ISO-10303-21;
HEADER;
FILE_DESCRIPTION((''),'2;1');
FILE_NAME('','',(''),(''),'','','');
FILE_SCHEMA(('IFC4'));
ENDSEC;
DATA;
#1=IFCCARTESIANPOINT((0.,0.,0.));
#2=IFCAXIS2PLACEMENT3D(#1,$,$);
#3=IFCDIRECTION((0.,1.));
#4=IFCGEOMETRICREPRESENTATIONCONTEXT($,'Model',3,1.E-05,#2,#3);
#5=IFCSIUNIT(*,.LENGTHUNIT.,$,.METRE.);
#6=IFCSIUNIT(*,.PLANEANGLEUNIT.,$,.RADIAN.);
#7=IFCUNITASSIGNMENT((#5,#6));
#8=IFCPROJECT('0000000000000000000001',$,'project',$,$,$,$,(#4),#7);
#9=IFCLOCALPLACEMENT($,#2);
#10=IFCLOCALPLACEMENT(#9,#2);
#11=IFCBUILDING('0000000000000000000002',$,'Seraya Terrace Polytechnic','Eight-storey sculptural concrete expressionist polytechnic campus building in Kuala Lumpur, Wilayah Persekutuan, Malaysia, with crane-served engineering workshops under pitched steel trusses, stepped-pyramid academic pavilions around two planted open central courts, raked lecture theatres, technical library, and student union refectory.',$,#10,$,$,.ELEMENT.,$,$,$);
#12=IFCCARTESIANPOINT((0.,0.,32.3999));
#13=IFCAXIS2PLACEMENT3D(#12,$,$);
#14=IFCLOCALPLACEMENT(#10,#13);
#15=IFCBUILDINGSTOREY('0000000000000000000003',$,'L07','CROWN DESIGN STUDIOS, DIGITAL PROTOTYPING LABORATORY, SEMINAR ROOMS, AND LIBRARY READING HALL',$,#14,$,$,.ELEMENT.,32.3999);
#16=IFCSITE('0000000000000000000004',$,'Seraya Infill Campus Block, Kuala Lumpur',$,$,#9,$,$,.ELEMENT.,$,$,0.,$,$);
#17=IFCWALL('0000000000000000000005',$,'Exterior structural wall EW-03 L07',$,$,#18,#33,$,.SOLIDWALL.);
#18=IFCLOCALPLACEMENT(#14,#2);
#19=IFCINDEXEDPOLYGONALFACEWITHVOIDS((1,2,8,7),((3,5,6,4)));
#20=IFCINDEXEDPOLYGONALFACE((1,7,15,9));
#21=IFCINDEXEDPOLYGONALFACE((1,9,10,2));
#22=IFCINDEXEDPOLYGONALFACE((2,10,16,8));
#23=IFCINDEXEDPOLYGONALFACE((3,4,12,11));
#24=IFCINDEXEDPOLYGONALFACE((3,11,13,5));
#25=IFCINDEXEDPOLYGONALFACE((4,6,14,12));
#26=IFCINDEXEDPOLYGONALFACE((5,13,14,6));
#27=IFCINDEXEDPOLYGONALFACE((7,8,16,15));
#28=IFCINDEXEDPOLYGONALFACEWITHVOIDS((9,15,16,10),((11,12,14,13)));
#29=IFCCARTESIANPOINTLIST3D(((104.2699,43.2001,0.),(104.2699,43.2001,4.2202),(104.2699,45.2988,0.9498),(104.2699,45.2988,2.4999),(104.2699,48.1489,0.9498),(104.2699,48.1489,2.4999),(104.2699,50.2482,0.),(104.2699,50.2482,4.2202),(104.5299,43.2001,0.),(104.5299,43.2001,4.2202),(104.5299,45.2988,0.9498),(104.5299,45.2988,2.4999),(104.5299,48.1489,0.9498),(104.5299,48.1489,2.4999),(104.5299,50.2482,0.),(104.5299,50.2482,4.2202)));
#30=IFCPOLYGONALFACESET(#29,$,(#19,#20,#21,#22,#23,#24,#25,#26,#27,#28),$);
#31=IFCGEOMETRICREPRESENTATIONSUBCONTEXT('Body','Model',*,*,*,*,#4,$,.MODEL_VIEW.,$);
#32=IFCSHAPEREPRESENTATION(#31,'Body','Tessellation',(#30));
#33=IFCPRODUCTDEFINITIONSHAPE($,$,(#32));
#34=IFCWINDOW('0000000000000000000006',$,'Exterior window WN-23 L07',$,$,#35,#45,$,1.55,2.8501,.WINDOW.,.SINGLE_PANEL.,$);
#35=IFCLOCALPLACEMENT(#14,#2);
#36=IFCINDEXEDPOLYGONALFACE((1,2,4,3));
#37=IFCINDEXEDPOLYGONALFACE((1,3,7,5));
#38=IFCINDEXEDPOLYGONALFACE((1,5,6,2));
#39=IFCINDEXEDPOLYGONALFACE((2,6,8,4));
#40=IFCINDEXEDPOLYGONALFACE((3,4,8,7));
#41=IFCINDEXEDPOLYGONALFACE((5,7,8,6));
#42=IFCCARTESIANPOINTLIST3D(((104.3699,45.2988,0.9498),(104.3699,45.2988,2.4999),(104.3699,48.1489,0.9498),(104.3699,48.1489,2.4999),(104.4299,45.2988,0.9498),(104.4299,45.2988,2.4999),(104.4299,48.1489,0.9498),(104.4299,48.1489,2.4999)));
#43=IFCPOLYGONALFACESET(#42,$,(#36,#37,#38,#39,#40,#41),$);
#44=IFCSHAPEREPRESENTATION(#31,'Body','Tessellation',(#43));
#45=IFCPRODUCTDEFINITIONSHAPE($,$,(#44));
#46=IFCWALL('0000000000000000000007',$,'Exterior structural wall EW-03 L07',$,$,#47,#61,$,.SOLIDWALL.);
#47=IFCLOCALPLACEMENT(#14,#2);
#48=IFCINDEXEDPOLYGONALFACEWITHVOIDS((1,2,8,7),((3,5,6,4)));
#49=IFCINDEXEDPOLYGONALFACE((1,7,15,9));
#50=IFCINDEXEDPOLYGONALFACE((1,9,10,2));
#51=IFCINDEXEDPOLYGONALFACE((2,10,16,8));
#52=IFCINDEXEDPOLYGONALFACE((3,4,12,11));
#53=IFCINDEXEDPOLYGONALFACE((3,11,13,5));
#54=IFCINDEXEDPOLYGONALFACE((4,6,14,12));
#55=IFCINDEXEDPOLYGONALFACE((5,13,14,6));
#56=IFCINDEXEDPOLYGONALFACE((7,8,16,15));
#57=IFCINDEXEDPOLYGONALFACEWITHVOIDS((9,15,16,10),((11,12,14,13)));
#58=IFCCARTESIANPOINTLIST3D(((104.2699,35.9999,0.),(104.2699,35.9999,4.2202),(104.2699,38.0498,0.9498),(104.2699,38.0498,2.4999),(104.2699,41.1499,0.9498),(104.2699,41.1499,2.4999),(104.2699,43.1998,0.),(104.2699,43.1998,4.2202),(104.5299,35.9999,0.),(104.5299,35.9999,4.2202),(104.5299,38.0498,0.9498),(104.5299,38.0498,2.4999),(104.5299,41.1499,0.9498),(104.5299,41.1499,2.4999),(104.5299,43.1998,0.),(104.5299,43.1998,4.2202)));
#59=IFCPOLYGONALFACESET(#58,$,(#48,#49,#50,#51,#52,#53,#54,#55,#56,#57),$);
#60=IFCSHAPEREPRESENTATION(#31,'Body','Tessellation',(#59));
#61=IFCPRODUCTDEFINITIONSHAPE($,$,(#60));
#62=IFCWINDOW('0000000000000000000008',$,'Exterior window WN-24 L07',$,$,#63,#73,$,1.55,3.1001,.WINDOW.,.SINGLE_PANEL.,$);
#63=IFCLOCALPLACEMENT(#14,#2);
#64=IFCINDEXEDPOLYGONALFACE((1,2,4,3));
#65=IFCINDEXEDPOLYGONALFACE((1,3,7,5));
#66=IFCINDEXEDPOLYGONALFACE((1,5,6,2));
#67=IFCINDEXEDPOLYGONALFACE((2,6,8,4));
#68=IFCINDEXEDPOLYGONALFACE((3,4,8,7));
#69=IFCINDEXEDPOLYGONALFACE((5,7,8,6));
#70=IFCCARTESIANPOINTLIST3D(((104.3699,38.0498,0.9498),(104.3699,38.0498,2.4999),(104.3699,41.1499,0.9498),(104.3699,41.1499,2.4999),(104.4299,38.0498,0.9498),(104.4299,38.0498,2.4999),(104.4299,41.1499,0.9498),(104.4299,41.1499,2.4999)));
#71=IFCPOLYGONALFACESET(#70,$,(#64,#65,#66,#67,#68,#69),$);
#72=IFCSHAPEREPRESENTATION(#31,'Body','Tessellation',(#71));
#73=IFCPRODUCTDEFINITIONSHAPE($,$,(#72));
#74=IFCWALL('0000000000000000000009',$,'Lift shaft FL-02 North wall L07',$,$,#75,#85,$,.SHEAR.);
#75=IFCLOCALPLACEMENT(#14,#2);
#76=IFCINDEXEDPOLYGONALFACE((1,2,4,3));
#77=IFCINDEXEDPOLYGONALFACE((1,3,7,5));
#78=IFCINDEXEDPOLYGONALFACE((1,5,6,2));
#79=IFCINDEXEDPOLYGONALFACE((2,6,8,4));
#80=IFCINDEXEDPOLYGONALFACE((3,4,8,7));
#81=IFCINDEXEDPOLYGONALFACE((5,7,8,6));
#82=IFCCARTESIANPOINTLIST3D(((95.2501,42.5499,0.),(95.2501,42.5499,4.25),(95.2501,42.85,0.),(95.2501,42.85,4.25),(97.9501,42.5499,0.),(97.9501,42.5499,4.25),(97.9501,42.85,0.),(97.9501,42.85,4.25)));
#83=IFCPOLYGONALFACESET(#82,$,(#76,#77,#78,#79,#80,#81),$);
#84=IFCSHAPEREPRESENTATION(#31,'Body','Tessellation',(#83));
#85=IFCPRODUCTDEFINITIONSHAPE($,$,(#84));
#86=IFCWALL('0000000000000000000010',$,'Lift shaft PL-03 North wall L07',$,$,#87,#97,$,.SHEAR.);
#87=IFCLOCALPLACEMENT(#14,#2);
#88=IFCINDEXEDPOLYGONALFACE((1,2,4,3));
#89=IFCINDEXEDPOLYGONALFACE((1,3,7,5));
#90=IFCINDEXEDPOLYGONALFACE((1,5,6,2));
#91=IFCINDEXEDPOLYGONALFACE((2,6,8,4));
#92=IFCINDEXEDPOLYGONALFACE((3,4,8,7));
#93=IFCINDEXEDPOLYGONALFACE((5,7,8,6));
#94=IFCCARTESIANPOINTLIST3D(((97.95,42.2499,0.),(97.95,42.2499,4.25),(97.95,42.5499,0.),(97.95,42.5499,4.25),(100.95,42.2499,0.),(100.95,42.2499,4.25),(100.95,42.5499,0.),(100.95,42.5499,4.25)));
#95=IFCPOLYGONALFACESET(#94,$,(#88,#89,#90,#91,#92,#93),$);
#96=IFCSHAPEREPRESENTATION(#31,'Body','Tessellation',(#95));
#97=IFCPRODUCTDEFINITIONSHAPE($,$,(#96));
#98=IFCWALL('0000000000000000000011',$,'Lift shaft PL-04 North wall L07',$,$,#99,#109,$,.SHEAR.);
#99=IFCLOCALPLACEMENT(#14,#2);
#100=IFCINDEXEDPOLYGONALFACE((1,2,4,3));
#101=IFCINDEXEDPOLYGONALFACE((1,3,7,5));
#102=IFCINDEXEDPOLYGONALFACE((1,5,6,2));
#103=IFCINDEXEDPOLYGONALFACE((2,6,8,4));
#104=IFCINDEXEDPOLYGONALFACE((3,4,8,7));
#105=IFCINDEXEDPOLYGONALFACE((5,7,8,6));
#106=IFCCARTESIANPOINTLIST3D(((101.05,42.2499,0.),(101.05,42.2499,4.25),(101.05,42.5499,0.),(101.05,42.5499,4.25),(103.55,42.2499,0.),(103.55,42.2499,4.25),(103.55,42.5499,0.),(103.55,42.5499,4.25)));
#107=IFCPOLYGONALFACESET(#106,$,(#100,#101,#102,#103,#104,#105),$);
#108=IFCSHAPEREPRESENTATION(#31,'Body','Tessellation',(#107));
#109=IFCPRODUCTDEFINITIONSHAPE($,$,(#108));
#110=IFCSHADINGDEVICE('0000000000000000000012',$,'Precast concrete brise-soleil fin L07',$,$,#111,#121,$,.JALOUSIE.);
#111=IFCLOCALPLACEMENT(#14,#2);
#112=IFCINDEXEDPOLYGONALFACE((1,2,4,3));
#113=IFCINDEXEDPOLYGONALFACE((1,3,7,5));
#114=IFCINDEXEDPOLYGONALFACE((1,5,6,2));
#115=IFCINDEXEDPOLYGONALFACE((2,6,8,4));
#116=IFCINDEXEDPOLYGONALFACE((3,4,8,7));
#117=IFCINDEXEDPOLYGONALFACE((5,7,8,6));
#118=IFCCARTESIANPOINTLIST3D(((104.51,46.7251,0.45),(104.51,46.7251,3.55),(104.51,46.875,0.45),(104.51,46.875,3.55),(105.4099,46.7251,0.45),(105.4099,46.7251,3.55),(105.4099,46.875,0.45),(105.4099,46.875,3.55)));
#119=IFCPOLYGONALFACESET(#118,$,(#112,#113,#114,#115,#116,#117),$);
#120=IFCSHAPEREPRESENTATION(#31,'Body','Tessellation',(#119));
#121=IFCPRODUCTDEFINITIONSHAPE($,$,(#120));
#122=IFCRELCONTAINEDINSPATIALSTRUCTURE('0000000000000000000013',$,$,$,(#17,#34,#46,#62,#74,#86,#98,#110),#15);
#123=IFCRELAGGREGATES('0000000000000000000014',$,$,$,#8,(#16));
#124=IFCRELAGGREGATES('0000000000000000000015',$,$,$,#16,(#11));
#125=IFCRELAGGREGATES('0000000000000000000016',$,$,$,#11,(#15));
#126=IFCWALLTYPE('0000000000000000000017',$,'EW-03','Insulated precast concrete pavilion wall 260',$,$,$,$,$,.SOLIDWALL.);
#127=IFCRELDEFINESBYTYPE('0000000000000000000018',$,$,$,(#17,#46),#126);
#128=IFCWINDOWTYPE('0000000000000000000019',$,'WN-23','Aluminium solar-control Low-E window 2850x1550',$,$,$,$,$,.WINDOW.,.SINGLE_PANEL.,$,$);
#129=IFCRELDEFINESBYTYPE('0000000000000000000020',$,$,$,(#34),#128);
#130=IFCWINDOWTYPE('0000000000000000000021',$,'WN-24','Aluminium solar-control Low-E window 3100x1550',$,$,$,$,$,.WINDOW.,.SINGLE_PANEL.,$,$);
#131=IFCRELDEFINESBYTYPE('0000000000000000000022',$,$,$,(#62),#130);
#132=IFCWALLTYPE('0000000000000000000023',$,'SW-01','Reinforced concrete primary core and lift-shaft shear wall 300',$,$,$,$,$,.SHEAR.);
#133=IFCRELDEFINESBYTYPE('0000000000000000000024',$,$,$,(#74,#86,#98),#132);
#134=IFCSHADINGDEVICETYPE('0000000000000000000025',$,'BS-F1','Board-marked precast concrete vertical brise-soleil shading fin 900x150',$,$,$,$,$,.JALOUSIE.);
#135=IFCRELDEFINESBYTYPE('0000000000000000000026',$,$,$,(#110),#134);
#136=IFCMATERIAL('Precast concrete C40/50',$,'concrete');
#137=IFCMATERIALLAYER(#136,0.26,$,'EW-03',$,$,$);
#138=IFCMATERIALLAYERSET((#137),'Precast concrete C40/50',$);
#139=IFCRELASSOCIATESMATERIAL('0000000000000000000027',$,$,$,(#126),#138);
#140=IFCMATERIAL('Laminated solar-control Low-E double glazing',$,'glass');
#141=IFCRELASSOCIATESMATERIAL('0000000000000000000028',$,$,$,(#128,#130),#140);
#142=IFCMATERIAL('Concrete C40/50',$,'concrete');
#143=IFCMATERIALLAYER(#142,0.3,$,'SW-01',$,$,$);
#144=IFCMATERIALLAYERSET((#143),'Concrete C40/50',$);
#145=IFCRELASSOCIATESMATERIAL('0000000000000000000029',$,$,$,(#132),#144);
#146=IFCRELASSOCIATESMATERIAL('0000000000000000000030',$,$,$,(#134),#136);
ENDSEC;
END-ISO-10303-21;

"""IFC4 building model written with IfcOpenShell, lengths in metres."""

from ifc_helpers import new_model, si_unit, direction, frame, frame_2d, origin, origin_2d, place, context, subcontext, project, spatial, rectangle, extrude, material, layer, layer_set, type_object, element, fill, save


model = new_model("IFC4")

# Units and contexts
model_context = context("Model", 3, precision=1e-05, world=origin(), true_north=direction((0.0, 1.0)))
body_context = subcontext(model_context, "Body", "Model", "MODEL_VIEW")
ifc_project = project(units=[si_unit("LENGTHUNIT", "METRE"), si_unit("PLANEANGLEUNIT", "RADIAN")], contexts=[model_context])

# Site, building, storey
site_placement = place(None, origin())
site = spatial("IfcSite", under=ifc_project, at=site_placement, Name="Seraya Infill Campus Block, Kuala Lumpur", CompositionType="ELEMENT", RefElevation=0.0)
building_placement = place(site_placement, origin())
building = spatial("IfcBuilding", under=site, at=building_placement, Name="Seraya Terrace Polytechnic", Description="Eight-storey sculptural concrete expressionist polytechnic campus building in Kuala Lumpur, Wilayah Persekutuan, Malaysia, with crane-served engineering workshops under pitched steel trusses, stepped-pyramid academic pavilions around two planted open central courts, raked lecture theatres, technical library, and student union refectory.", CompositionType="ELEMENT")
storey_placement = place(building_placement, frame((0.0, 0.0, 32.3999)))
storey = spatial("IfcBuildingStorey", under=building, at=storey_placement, Name="L07", Description="CROWN DESIGN STUDIOS, DIGITAL PROTOTYPING LABORATORY, SEMINAR ROOMS, AND LIBRARY READING HALL", CompositionType="ELEMENT", Elevation=32.3999)

# Shared definitions
ifc_material_1 = material(Name="Concrete C40/50", Category="concrete")

# Shared definitions
ifc_material_2 = material(Name="Precast concrete C40/50", Category="concrete")
ifc_layer_1 = layer(ifc_material_2, 0.26, Name="EW-03")
ifc_layer_set_1 = layer_set([ifc_layer_1], Name="Precast concrete C40/50")
wall_type_1 = type_object("IfcWallType", Name="EW-03", Description="Insulated precast concrete pavilion wall 260", PredefinedType="SOLIDWALL", material=ifc_layer_set_1)

# Walls, openings, windows
wall_1_placement = place(storey_placement, frame((104.3999, 50.248, 0.0), z_axis=(0.0, 0.0, 1.0), x_axis=(0.0, -1.0, 0.0)))
wall_1 = element("IfcWall", 1, at=wall_1_placement, inside=storey, type_object=wall_type_1, Name="Exterior structural wall EW-03 L07", PredefinedType="SOLIDWALL", context=body_context, shape_type="SweptSolid", body=[
    extrude(rectangle(XDim=7.0481, YDim=0.26, at=frame_2d((3.5239, 0.0))), origin(), (0.0, 0.0, 1.0), 4.2202),
])
opening_1_placement = place(wall_1_placement, frame((2.0991, 0.0, 0.95)))
opening_1 = element("IfcOpeningElement", 2, at=opening_1_placement, cuts=wall_1, PredefinedType="OPENING", context=body_context, shape_type="SweptSolid", body=[
    extrude(rectangle(XDim=2.8501, YDim=1.55, at=frame_2d((1.425, 0.7749))), frame((0.0, 0.1421, 0.0), z_axis=(0.0, -1.0, 0.0), x_axis=(1.0, 0.0, 0.0)), (0.0, 0.0, 1.0), 0.2839),
])
ifc_material_3 = material(Name="Laminated solar-control Low-E double glazing", Category="glass")
window_type_1 = type_object("IfcWindowType", Name="WN-23", Description="Aluminium solar-control Low-E window 2850x1550", PartitioningType="SINGLE_PANEL", PredefinedType="WINDOW", material=ifc_material_3)
window_1_placement = place(opening_1_placement, origin())
window_1 = element("IfcWindow", 3, at=window_1_placement, inside=storey, type_object=window_type_1, Name="Exterior window WN-23 L07", OverallHeight=1.55, OverallWidth=2.8501, PartitioningType="SINGLE_PANEL", PredefinedType="WINDOW", context=body_context, shape_type="SweptSolid", body=[
    extrude(rectangle(XDim=2.8501, YDim=1.55, at=frame_2d((1.425, 0.7749))), frame((0.0, 0.03, 0.0), z_axis=(0.0, -1.0, 0.0), x_axis=(1.0, 0.0, 0.0)), (0.0, 0.0, 1.0), 0.0601),
])
fill(opening_1, window_1)
wall_2_placement = place(storey_placement, frame((104.3999, 43.2, 0.0), z_axis=(0.0, 0.0, 1.0), x_axis=(0.0, -1.0, 0.0)))
wall_2 = element("IfcWall", 4, at=wall_2_placement, inside=storey, type_object=wall_type_1, Name="Exterior structural wall EW-03 L07", PredefinedType="SOLIDWALL", context=body_context, shape_type="SweptSolid", body=[
    extrude(rectangle(XDim=7.2, YDim=0.26, at=frame_2d((3.6001, 0.0))), origin(), (0.0, 0.0, 1.0), 4.2202),
])
opening_2_placement = place(wall_2_placement, frame((2.05, 0.0, 0.95)))
opening_2 = element("IfcOpeningElement", 5, at=opening_2_placement, cuts=wall_2, PredefinedType="OPENING", context=body_context, shape_type="SweptSolid", body=[
    extrude(rectangle(XDim=3.1001, YDim=1.55, at=frame_2d((1.55, 0.7749))), frame((0.0, 0.1421, 0.0), z_axis=(0.0, -1.0, 0.0), x_axis=(1.0, 0.0, 0.0)), (0.0, 0.0, 1.0), 0.2839),
])
window_type_2 = type_object("IfcWindowType", Name="WN-24", Description="Aluminium solar-control Low-E window 3100x1550", PartitioningType="SINGLE_PANEL", PredefinedType="WINDOW", material=ifc_material_3)
window_2_placement = place(opening_2_placement, origin())
window_2 = element("IfcWindow", 6, at=window_2_placement, inside=storey, type_object=window_type_2, Name="Exterior window WN-24 L07", OverallHeight=1.55, OverallWidth=3.1001, PartitioningType="SINGLE_PANEL", PredefinedType="WINDOW", context=body_context, shape_type="SweptSolid", body=[
    extrude(rectangle(XDim=3.1001, YDim=1.55, at=frame_2d((1.55, 0.7749))), frame((0.0, 0.03, 0.0), z_axis=(0.0, -1.0, 0.0), x_axis=(1.0, 0.0, 0.0)), (0.0, 0.0, 1.0), 0.0601),
])
fill(opening_2, window_2)

# Walls
ifc_layer_2 = layer(ifc_material_1, 0.3, Name="SW-01")
ifc_layer_set_2 = layer_set([ifc_layer_2], Name="Concrete C40/50")
wall_type_2 = type_object("IfcWallType", Name="SW-01", Description="Reinforced concrete primary core and lift-shaft shear wall 300", PredefinedType="SHEAR", material=ifc_layer_set_2)
wall_3_placement = place(storey_placement, frame((95.25, 42.7, 0.0), z_axis=(0.0, 0.0, 1.0), x_axis=(1.0, 0.0, 0.0)))
element("IfcWall", 7, at=wall_3_placement, inside=storey, type_object=wall_type_2, Name="Lift shaft FL-02 North wall L07", PredefinedType="SHEAR", context=body_context, shape_type="SweptSolid", body=[
    extrude(rectangle(XDim=2.7, YDim=0.3, at=frame_2d((1.3501, 0.0))), origin(), (0.0, 0.0, 1.0), 4.25),
])
wall_4_placement = place(storey_placement, frame((97.95, 42.3999, 0.0), z_axis=(0.0, 0.0, 1.0), x_axis=(1.0, 0.0, 0.0)))
element("IfcWall", 8, at=wall_4_placement, inside=storey, type_object=wall_type_2, Name="Lift shaft PL-03 North wall L07", PredefinedType="SHEAR", context=body_context, shape_type="SweptSolid", body=[
    extrude(rectangle(XDim=3.0, YDim=0.3, at=frame_2d((1.5, 0.0))), origin(), (0.0, 0.0, 1.0), 4.25),
])
wall_5_placement = place(storey_placement, frame((101.05, 42.3999, 0.0), z_axis=(0.0, 0.0, 1.0), x_axis=(1.0, 0.0, 0.0)))
element("IfcWall", 9, at=wall_5_placement, inside=storey, type_object=wall_type_2, Name="Lift shaft PL-04 North wall L07", PredefinedType="SHEAR", context=body_context, shape_type="SweptSolid", body=[
    extrude(rectangle(XDim=2.5, YDim=0.3, at=frame_2d((1.25, 0.0))), origin(), (0.0, 0.0, 1.0), 4.25),
])

# Shading device
shading_device_type = type_object("IfcShadingDeviceType", Name="BS-F1", Description="Board-marked precast concrete vertical brise-soleil shading fin 900x150", PredefinedType="JALOUSIE", material=ifc_material_2)
shading_device_placement = place(storey_placement, frame((104.96, 46.8, 0.45), z_axis=(0.0, 0.0, 1.0), x_axis=(1.0, 0.0, 0.0)))
element("IfcShadingDevice", 10, at=shading_device_placement, inside=storey, type_object=shading_device_type, Name="Precast concrete brise-soleil fin L07", PredefinedType="JALOUSIE", context=body_context, shape_type="SweptSolid", body=[
    extrude(rectangle(XDim=0.8999, YDim=0.1499, at=origin_2d()), origin(), (0.0, 0.0, 1.0), 3.1001),
])

save(model, "model.ifc")
